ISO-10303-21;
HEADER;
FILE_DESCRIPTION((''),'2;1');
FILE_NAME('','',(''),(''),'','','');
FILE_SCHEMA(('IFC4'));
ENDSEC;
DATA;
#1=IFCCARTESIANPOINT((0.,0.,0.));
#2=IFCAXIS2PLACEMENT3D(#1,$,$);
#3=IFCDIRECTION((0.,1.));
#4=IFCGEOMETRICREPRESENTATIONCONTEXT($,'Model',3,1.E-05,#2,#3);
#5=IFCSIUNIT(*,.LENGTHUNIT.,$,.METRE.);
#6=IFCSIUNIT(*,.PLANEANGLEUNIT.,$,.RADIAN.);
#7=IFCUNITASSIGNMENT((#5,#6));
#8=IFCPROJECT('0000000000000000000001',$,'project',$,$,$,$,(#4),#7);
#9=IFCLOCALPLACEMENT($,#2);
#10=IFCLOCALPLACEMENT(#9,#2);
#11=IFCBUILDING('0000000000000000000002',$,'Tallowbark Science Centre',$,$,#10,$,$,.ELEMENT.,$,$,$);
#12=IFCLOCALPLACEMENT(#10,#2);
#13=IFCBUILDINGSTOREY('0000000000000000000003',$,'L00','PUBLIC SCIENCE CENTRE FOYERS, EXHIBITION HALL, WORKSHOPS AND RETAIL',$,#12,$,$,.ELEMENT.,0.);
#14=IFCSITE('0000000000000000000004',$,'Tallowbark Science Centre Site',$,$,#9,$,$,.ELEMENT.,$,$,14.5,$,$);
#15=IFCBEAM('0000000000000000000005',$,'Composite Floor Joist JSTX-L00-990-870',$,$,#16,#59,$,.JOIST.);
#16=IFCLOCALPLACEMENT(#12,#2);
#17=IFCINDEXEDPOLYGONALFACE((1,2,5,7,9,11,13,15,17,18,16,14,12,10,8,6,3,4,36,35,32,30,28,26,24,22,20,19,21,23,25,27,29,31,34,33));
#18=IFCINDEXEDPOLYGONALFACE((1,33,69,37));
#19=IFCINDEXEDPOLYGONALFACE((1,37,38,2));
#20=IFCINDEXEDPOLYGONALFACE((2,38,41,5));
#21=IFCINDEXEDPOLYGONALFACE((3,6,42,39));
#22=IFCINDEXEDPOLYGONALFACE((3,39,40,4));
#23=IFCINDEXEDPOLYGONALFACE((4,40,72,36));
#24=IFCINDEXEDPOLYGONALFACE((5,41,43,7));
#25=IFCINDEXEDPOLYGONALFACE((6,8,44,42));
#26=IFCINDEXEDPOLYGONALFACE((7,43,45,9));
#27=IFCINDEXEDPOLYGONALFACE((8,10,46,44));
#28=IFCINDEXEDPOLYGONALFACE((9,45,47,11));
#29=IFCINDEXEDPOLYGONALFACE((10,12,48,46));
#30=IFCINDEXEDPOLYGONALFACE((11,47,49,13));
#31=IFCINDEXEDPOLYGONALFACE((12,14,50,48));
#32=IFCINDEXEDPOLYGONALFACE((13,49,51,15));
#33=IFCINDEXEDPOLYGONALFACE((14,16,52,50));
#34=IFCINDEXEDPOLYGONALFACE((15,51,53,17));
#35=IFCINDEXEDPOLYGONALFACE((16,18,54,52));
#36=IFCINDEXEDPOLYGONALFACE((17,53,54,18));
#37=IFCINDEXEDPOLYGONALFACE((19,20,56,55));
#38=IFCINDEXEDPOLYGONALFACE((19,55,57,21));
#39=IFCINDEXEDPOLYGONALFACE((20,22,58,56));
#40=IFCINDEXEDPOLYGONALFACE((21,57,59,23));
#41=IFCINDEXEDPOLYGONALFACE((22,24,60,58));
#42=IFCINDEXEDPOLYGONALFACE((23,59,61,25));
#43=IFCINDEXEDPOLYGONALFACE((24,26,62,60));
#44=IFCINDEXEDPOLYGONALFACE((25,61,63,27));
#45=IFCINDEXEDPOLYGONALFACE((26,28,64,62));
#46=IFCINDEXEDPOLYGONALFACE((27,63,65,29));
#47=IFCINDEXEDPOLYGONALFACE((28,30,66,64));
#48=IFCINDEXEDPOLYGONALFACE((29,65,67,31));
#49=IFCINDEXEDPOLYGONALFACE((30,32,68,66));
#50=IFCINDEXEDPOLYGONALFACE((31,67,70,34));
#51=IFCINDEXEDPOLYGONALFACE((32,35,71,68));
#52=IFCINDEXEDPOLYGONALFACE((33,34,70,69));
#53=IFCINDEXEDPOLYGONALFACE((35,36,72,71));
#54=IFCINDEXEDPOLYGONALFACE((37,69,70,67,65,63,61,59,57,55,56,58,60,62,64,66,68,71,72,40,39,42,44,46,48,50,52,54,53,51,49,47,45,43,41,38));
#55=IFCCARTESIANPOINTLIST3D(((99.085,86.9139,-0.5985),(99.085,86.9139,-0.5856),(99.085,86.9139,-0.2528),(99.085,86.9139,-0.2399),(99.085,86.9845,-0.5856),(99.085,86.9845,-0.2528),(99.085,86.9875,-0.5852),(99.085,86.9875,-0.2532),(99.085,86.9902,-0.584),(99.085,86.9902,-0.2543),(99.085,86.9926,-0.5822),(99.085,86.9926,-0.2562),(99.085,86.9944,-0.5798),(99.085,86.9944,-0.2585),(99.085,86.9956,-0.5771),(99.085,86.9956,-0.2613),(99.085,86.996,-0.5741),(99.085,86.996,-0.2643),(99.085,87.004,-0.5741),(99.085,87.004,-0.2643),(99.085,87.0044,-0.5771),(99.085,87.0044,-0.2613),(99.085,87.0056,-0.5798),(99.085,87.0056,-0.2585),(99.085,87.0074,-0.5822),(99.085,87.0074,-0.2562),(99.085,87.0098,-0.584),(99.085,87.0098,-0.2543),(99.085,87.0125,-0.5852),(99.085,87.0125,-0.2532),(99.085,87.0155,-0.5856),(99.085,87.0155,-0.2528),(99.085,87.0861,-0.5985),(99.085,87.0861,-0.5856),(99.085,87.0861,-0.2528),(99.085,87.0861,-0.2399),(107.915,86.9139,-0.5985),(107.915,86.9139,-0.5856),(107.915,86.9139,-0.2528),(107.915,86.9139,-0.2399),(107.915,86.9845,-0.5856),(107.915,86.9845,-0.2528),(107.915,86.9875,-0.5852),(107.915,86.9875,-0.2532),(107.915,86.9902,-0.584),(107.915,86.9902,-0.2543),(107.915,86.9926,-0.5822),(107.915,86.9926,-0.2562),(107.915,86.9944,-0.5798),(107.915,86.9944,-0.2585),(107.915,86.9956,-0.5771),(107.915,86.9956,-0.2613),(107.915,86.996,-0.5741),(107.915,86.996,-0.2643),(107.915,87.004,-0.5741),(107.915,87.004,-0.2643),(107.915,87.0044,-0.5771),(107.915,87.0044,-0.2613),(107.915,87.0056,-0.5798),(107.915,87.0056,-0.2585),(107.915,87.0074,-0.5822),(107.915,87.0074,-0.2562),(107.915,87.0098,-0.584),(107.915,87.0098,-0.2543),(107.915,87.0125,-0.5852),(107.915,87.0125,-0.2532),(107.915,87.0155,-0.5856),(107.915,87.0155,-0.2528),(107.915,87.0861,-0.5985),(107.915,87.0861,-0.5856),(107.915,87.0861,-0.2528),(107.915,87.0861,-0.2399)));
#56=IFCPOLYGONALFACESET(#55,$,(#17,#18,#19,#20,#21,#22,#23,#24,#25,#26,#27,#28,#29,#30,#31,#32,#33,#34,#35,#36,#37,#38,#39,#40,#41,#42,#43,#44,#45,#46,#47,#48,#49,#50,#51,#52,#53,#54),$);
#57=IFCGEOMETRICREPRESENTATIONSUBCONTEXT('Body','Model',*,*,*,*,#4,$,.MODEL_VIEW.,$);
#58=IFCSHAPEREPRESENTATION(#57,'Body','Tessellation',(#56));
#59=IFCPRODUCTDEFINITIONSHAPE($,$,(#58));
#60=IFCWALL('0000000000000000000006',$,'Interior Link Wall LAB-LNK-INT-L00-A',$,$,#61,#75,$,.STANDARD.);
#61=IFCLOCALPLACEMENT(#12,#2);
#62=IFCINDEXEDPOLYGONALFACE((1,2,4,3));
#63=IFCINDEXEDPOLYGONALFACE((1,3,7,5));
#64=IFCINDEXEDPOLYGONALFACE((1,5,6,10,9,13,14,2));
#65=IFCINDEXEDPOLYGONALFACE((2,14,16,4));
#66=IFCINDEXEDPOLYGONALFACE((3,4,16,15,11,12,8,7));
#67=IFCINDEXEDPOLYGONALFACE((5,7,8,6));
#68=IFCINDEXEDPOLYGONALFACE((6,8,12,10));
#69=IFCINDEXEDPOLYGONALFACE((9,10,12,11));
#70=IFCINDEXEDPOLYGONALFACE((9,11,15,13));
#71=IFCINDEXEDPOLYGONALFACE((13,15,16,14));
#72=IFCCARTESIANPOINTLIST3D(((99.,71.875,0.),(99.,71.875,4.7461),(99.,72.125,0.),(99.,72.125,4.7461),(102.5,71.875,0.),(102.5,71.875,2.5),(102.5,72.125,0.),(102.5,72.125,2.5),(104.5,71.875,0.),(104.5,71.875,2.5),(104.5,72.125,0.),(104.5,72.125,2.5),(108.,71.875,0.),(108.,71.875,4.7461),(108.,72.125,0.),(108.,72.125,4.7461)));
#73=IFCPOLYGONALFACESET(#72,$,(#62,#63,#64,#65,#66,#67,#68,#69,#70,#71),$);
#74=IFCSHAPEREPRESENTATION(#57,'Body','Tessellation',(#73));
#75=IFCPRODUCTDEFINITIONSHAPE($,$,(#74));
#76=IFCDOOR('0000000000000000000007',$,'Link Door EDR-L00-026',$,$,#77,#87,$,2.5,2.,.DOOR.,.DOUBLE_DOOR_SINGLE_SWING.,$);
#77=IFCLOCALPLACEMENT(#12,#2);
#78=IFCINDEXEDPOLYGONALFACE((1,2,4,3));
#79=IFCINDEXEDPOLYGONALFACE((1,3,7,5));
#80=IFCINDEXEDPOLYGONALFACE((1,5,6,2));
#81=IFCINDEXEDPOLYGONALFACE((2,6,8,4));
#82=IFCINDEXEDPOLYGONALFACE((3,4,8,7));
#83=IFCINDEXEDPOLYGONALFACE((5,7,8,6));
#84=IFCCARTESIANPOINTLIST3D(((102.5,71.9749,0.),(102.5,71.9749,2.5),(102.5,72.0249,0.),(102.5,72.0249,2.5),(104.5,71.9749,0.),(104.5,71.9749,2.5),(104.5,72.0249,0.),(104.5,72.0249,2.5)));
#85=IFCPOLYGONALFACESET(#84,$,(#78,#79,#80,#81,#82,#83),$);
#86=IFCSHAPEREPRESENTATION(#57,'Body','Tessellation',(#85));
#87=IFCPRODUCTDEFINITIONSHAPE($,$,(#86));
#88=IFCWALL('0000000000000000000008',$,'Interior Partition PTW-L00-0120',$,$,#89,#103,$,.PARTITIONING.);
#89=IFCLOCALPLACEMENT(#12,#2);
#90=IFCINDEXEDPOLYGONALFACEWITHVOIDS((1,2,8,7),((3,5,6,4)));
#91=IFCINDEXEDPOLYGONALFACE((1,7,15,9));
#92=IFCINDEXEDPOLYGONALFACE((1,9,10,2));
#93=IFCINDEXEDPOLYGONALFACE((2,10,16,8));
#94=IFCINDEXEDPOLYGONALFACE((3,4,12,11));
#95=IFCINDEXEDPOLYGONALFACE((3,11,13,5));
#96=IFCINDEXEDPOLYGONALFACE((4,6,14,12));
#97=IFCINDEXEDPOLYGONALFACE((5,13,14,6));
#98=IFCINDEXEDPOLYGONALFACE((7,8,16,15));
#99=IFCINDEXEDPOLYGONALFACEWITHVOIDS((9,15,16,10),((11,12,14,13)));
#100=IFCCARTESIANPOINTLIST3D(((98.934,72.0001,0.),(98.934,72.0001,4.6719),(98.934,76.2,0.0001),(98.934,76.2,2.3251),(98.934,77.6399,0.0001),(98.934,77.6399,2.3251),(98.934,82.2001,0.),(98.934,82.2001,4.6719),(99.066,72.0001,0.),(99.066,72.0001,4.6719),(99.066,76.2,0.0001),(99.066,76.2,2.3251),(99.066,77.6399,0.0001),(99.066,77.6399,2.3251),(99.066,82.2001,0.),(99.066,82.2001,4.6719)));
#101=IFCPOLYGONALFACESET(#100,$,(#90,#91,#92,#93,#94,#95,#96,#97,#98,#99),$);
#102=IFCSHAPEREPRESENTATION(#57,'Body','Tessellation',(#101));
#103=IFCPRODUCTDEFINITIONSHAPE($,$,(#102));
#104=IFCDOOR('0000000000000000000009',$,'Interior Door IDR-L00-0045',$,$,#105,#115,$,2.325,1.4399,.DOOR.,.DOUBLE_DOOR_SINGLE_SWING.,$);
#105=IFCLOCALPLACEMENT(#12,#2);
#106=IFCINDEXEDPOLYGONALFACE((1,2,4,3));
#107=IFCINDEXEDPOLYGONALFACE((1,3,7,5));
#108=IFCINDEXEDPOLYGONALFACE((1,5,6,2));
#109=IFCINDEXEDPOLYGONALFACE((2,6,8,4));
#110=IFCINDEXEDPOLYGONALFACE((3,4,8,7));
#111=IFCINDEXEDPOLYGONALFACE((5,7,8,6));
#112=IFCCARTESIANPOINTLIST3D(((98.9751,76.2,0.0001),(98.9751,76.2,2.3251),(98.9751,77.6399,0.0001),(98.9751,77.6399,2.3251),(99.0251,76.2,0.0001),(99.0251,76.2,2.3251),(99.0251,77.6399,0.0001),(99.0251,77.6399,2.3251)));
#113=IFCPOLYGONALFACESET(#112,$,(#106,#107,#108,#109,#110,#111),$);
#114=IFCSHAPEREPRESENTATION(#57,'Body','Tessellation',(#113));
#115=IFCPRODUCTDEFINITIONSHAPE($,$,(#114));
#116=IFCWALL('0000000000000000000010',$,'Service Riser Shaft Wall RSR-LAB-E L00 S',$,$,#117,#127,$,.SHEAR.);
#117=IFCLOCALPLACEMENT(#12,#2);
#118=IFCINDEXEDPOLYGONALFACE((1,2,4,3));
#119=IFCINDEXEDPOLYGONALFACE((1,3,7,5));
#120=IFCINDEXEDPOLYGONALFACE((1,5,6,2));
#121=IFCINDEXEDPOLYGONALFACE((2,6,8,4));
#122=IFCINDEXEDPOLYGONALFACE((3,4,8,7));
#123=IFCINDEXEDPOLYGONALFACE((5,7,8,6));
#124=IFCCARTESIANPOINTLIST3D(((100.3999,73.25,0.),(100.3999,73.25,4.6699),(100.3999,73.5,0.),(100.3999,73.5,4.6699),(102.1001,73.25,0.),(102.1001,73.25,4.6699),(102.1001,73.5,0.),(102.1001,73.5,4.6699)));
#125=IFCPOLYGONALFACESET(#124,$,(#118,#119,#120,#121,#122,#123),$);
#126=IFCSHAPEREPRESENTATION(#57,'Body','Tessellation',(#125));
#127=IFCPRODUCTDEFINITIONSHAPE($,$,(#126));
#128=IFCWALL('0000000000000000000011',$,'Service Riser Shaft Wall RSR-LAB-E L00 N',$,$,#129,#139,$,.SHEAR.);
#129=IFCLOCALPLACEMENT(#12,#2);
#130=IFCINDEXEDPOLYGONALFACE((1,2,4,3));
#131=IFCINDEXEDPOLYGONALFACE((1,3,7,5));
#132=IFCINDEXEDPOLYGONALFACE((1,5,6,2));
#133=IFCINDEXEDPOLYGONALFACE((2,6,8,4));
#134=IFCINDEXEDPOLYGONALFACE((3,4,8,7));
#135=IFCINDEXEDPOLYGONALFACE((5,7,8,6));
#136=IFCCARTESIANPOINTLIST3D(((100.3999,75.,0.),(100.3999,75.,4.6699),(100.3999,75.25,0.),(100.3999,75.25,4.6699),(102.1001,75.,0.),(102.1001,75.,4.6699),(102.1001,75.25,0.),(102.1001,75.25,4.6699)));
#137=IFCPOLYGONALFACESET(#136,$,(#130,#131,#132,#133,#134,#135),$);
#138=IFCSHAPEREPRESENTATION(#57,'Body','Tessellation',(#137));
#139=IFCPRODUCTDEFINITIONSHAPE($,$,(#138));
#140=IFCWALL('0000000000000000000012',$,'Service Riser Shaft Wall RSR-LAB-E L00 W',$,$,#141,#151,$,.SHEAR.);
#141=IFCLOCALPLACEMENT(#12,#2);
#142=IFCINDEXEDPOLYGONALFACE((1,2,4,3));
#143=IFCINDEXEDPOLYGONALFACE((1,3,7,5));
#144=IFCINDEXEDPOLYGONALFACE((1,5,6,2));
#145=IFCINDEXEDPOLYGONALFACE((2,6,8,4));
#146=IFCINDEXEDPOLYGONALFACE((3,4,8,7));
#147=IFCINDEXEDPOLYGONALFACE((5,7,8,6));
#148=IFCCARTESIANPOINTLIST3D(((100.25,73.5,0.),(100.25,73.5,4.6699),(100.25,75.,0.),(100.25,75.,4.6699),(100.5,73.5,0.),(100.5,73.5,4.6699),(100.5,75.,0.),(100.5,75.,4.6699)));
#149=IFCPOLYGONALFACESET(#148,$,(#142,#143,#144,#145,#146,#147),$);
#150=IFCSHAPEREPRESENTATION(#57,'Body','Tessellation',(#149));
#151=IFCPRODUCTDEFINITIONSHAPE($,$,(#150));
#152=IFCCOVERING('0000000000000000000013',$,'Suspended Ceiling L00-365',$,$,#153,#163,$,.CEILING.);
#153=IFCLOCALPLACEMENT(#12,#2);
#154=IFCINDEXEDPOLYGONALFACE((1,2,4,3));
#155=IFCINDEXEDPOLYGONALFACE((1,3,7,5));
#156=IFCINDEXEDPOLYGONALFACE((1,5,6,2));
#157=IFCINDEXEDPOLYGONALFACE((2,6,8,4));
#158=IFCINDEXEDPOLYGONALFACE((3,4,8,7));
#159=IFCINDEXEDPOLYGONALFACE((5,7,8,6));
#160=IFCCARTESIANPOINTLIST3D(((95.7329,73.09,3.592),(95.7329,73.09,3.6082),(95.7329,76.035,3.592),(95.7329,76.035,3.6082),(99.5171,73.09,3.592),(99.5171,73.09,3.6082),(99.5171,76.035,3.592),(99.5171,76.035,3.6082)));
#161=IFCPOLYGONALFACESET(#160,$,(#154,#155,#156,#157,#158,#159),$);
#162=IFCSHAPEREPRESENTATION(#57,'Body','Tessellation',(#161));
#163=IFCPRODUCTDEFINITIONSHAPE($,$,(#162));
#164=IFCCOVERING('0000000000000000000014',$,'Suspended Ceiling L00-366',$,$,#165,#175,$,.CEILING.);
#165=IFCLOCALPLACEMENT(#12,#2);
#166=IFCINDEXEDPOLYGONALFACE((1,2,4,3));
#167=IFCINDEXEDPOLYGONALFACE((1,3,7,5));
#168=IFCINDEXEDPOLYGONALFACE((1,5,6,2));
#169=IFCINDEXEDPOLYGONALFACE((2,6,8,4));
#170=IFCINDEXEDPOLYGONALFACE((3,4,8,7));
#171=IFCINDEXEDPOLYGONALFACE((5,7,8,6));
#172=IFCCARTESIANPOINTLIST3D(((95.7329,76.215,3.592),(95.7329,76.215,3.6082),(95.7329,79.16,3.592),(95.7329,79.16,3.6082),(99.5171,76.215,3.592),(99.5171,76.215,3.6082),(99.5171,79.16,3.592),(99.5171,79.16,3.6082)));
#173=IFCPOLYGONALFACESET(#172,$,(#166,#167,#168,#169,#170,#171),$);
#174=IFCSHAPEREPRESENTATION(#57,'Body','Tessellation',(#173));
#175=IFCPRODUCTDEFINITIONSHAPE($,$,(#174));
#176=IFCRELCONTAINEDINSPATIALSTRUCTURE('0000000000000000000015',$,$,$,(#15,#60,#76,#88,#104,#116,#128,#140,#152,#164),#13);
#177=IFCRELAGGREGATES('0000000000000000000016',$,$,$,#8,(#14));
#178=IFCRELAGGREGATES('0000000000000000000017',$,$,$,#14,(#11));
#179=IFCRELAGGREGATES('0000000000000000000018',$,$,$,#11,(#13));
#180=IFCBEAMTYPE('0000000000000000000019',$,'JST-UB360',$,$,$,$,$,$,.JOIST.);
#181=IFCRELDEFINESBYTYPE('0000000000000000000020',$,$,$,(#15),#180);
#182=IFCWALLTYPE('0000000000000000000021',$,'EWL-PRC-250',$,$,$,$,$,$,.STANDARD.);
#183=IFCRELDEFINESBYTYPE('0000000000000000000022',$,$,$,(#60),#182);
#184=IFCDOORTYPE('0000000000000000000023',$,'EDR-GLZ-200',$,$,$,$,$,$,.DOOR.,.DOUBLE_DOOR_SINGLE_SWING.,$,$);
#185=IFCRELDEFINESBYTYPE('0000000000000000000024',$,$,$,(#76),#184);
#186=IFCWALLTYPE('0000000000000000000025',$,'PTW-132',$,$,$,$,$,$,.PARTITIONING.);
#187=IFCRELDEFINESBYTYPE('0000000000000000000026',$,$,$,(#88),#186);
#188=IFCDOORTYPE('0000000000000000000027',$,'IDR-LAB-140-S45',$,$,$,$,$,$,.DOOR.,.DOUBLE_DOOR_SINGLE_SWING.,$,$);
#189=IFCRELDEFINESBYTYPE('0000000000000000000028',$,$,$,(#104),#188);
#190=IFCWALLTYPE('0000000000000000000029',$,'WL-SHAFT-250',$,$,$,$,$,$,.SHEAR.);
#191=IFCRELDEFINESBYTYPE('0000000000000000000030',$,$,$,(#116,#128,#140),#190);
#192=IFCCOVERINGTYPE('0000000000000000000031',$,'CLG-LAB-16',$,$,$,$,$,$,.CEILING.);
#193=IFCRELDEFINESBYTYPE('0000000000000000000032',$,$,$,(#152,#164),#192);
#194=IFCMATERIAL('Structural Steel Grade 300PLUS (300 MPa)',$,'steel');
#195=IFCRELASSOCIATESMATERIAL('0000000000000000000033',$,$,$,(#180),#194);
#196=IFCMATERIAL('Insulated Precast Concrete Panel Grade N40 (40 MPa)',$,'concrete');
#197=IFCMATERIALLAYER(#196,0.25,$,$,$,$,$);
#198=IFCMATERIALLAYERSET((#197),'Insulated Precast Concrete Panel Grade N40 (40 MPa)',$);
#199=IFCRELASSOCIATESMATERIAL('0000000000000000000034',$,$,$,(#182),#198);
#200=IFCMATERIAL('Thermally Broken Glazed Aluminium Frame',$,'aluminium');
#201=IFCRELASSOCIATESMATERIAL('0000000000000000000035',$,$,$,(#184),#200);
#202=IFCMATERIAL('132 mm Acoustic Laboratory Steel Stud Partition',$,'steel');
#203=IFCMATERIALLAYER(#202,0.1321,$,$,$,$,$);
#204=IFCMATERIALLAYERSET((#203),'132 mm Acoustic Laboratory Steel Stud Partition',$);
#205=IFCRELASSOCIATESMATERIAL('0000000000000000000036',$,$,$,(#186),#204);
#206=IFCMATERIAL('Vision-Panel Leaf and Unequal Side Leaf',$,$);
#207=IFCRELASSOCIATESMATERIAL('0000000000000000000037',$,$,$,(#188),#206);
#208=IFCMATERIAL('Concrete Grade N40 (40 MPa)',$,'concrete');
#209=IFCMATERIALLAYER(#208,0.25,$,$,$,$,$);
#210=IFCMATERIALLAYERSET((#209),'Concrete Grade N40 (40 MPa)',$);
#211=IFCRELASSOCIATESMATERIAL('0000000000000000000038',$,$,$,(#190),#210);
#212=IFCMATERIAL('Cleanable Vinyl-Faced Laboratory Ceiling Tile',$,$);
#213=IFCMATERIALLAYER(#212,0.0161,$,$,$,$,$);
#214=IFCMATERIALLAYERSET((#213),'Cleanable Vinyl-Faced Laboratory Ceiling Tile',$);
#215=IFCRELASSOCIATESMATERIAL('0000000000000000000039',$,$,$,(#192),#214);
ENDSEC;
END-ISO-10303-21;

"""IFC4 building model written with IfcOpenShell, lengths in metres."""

from ifc_helpers import new_model, si_unit, direction, frame, frame_2d, origin, origin_2d, place, context, subcontext, project, spatial, rectangle, i_section, extrude, material, layer, layer_set, material_profile, profile_set, type_object, element, fill, save


model = new_model("IFC4")

# Units and contexts
model_context = context("Model", 3, precision=1e-05, world=origin(), true_north=direction((0.0, 1.0)))
body_context = subcontext(model_context, "Body", "Model", "MODEL_VIEW")
ifc_project = project(units=[si_unit("LENGTHUNIT", "METRE"), si_unit("PLANEANGLEUNIT", "RADIAN")], contexts=[model_context])

# Site, building, storey
site_placement = place(None, origin())
site = spatial("IfcSite", under=ifc_project, at=site_placement, Name="Tallowbark Science Centre Site", CompositionType="ELEMENT", RefElevation=14.5)
building_placement = place(site_placement, origin())
building = spatial("IfcBuilding", under=site, at=building_placement, Name="Tallowbark Science Centre", CompositionType="ELEMENT")
storey_placement = place(building_placement, origin())
storey = spatial("IfcBuildingStorey", under=building, at=storey_placement, Name="L00", Description="PUBLIC SCIENCE CENTRE FOYERS, EXHIBITION HALL, WORKSHOPS AND RETAIL", CompositionType="ELEMENT", Elevation=0.0)

# Shared definitions
ifc_material_1 = material(Name="Structural Steel Grade 300PLUS (300 MPa)", Category="steel")

# Beam
ifc_material_profile_1 = material_profile(ifc_material_1, i_section(OverallWidth=0.1721, OverallDepth=0.3586, WebThickness=0.0081, FlangeThickness=0.0129, FilletRadius=0.0115, at=origin_2d()), Name="360UB56.7")
ifc_profile_set_1 = profile_set([ifc_material_profile_1], Name="Structural Steel Grade 300PLUS (300 MPa)")
beam_type_1 = type_object("IfcBeamType", Name="JST-UB360", PredefinedType="JOIST", material=ifc_profile_set_1)
for number, where, z_axis, x_axis, name in (
    (1, (99.085, 87.0, -0.4192), (1.0, 0.0, 0.0), (0.0, 1.0, 0.0), "Composite Floor Joist JSTX-L00-990-870"),
):
    element("IfcBeam", number, at=place(storey_placement, frame(where, z_axis=z_axis, x_axis=x_axis)), inside=storey, type_object=beam_type_1, Name=name, PredefinedType="JOIST", context=body_context, shape_type="SweptSolid", body=[
        extrude(i_section(OverallWidth=0.1721, OverallDepth=0.3586, WebThickness=0.0081, FlangeThickness=0.0129, FilletRadius=0.0115, at=origin_2d()), origin(), (0.0, 0.0, 1.0), 8.8301),
    ])

# Walls, openings, doors
ifc_material_2 = material(Name="Insulated Precast Concrete Panel Grade N40 (40 MPa)", Category="concrete")
ifc_layer_1 = layer(ifc_material_2, 0.25)
ifc_layer_set_1 = layer_set([ifc_layer_1], Name="Insulated Precast Concrete Panel Grade N40 (40 MPa)")
wall_type_1 = type_object("IfcWallType", Name="EWL-PRC-250", PredefinedType="STANDARD", material=ifc_layer_set_1)
wall_1_placement = place(storey_placement, frame((99.0, 72.0, 0.0), z_axis=(0.0, 0.0, 1.0), x_axis=(1.0, 0.0, 0.0)))
wall_1 = element("IfcWall", 2, at=wall_1_placement, inside=storey, type_object=wall_type_1, Name="Interior Link Wall LAB-LNK-INT-L00-A", PredefinedType="STANDARD", context=body_context, shape_type="SweptSolid", body=[
    extrude(rectangle(XDim=9.0, YDim=0.25, at=frame_2d((4.5, 0.0))), origin(), (0.0, 0.0, 1.0), 4.7461),
])
opening_1_placement = place(wall_1_placement, frame((3.5, 0.0, 0.0)))
opening_1 = element("IfcOpeningElement", 3, at=opening_1_placement, cuts=wall_1, PredefinedType="OPENING", context=body_context, shape_type="SweptSolid", body=[
    extrude(rectangle(XDim=2.0, YDim=2.5, at=frame_2d((1.0, 1.25))), frame((0.0, 0.135, 0.0), z_axis=(0.0, -1.0, 0.0), x_axis=(1.0, 0.0, 0.0)), (0.0, 0.0, 1.0), 0.27),
])
ifc_material_3 = material(Name="Thermally Broken Glazed Aluminium Frame", Category="aluminium")
door_type_1 = type_object("IfcDoorType", Name="EDR-GLZ-200", OperationType="DOUBLE_DOOR_SINGLE_SWING", PredefinedType="DOOR", material=ifc_material_3)
door_1_placement = place(opening_1_placement, origin())
door_1 = element("IfcDoor", 4, at=door_1_placement, inside=storey, type_object=door_type_1, Name="Link Door EDR-L00-026", OperationType="DOUBLE_DOOR_SINGLE_SWING", OverallHeight=2.5, OverallWidth=2.0, PredefinedType="DOOR", context=body_context, shape_type="SweptSolid", body=[
    extrude(rectangle(XDim=2.0, YDim=2.5, at=frame_2d((1.0, 1.25))), frame((0.0, 0.0249, 0.0), z_axis=(0.0, -1.0, 0.0), x_axis=(1.0, 0.0, 0.0)), (0.0, 0.0, 1.0), 0.05),
])
fill(opening_1, door_1)
ifc_material_4 = material(Name="132 mm Acoustic Laboratory Steel Stud Partition", Category="steel")
ifc_layer_2 = layer(ifc_material_4, 0.1321)
ifc_layer_set_2 = layer_set([ifc_layer_2], Name="132 mm Acoustic Laboratory Steel Stud Partition")
wall_type_2 = type_object("IfcWallType", Name="PTW-132", PredefinedType="PARTITIONING", material=ifc_layer_set_2)
wall_2_placement = place(storey_placement, frame((99.0, 72.0, 0.0), z_axis=(0.0, 0.0, 1.0), x_axis=(0.0, 1.0, 0.0)))
wall_2 = element("IfcWall", 5, at=wall_2_placement, inside=storey, type_object=wall_type_2, Name="Interior Partition PTW-L00-0120", PredefinedType="PARTITIONING", context=body_context, shape_type="SweptSolid", body=[
    extrude(rectangle(XDim=10.2, YDim=0.1321, at=frame_2d((5.1001, 0.0))), origin(), (0.0, 0.0, 1.0), 4.6719),
])
opening_2_placement = place(wall_2_placement, frame((4.2, 0.0, 0.0)))
opening_2 = element("IfcOpeningElement", 6, at=opening_2_placement, cuts=wall_2, PredefinedType="OPENING", context=body_context, shape_type="SweptSolid", body=[
    extrude(rectangle(XDim=1.4399, YDim=2.325, at=frame_2d((0.72, 1.1626))), frame((0.0, 0.0762, 0.0), z_axis=(0.0, -1.0, 0.0), x_axis=(1.0, 0.0, 0.0)), (0.0, 0.0, 1.0), 0.1521),
])
ifc_material_5 = material(Name="Vision-Panel Leaf and Unequal Side Leaf")
door_type_2 = type_object("IfcDoorType", Name="IDR-LAB-140-S45", OperationType="DOUBLE_DOOR_SINGLE_SWING", PredefinedType="DOOR", material=ifc_material_5)
door_2_placement = place(opening_2_placement, origin())
door_2 = element("IfcDoor", 7, at=door_2_placement, inside=storey, type_object=door_type_2, Name="Interior Door IDR-L00-0045", OperationType="DOUBLE_DOOR_SINGLE_SWING", OverallHeight=2.325, OverallWidth=1.4399, PredefinedType="DOOR", context=body_context, shape_type="SweptSolid", body=[
    extrude(rectangle(XDim=1.4399, YDim=2.325, at=frame_2d((0.72, 1.1626))), frame((0.0, 0.0249, 0.0), z_axis=(0.0, -1.0, 0.0), x_axis=(1.0, 0.0, 0.0)), (0.0, 0.0, 1.0), 0.05),
])
fill(opening_2, door_2)

# Walls
ifc_material_6 = material(Name="Concrete Grade N40 (40 MPa)", Category="concrete")
ifc_layer_3 = layer(ifc_material_6, 0.25)
ifc_layer_set_3 = layer_set([ifc_layer_3], Name="Concrete Grade N40 (40 MPa)")
wall_type_3 = type_object("IfcWallType", Name="WL-SHAFT-250", PredefinedType="SHEAR", material=ifc_layer_set_3)
for number, where, z_axis, x_axis, name in (
    (8, (100.3999, 73.375, 0.0), (0.0, 0.0, 1.0), (1.0, 0.0, 0.0), "Service Riser Shaft Wall RSR-LAB-E L00 S"),
    (9, (100.3999, 75.125, 0.0), (0.0, 0.0, 1.0), (1.0, 0.0, 0.0), "Service Riser Shaft Wall RSR-LAB-E L00 N"),
):
    element("IfcWall", number, at=place(storey_placement, frame(where, z_axis=z_axis, x_axis=x_axis)), inside=storey, type_object=wall_type_3, Name=name, PredefinedType="SHEAR", context=body_context, shape_type="SweptSolid", body=[
        extrude(rectangle(XDim=1.7002, YDim=0.25, at=frame_2d((0.8501, 0.0))), origin(), (0.0, 0.0, 1.0), 4.6699),
    ])
wall_3_placement = place(storey_placement, frame((100.375, 73.5, 0.0), z_axis=(0.0, 0.0, 1.0), x_axis=(0.0, 1.0, 0.0)))
element("IfcWall", 10, at=wall_3_placement, inside=storey, type_object=wall_type_3, Name="Service Riser Shaft Wall RSR-LAB-E L00 W", PredefinedType="SHEAR", context=body_context, shape_type="SweptSolid", body=[
    extrude(rectangle(XDim=1.5, YDim=0.25, at=frame_2d((0.75, 0.0))), origin(), (0.0, 0.0, 1.0), 4.6699),
])

# Coverings
ifc_material_7 = material(Name="Cleanable Vinyl-Faced Laboratory Ceiling Tile")
ifc_layer_4 = layer(ifc_material_7, 0.0161)
ifc_layer_set_4 = layer_set([ifc_layer_4], Name="Cleanable Vinyl-Faced Laboratory Ceiling Tile")
covering_type_1 = type_object("IfcCoveringType", Name="CLG-LAB-16", PredefinedType="CEILING", material=ifc_layer_set_4)
for number, where, z_axis, x_axis, name in (
    (11, (97.625, 74.5625, 3.592), (0.0, 0.0, 1.0), (1.0, 0.0, 0.0), "Suspended Ceiling L00-365"),
    (12, (97.625, 77.6875, 3.592), (0.0, 0.0, 1.0), (1.0, 0.0, 0.0), "Suspended Ceiling L00-366"),
):
    element("IfcCovering", number, at=place(storey_placement, frame(where, z_axis=z_axis, x_axis=x_axis)), inside=storey, type_object=covering_type_1, Name=name, PredefinedType="CEILING", context=body_context, shape_type="SweptSolid", body=[
        extrude(rectangle(XDim=3.7842, YDim=2.9451, at=origin_2d()), origin(), (0.0, 0.0, 1.0), 0.0161),
    ])

save(model, "model.ifc")
